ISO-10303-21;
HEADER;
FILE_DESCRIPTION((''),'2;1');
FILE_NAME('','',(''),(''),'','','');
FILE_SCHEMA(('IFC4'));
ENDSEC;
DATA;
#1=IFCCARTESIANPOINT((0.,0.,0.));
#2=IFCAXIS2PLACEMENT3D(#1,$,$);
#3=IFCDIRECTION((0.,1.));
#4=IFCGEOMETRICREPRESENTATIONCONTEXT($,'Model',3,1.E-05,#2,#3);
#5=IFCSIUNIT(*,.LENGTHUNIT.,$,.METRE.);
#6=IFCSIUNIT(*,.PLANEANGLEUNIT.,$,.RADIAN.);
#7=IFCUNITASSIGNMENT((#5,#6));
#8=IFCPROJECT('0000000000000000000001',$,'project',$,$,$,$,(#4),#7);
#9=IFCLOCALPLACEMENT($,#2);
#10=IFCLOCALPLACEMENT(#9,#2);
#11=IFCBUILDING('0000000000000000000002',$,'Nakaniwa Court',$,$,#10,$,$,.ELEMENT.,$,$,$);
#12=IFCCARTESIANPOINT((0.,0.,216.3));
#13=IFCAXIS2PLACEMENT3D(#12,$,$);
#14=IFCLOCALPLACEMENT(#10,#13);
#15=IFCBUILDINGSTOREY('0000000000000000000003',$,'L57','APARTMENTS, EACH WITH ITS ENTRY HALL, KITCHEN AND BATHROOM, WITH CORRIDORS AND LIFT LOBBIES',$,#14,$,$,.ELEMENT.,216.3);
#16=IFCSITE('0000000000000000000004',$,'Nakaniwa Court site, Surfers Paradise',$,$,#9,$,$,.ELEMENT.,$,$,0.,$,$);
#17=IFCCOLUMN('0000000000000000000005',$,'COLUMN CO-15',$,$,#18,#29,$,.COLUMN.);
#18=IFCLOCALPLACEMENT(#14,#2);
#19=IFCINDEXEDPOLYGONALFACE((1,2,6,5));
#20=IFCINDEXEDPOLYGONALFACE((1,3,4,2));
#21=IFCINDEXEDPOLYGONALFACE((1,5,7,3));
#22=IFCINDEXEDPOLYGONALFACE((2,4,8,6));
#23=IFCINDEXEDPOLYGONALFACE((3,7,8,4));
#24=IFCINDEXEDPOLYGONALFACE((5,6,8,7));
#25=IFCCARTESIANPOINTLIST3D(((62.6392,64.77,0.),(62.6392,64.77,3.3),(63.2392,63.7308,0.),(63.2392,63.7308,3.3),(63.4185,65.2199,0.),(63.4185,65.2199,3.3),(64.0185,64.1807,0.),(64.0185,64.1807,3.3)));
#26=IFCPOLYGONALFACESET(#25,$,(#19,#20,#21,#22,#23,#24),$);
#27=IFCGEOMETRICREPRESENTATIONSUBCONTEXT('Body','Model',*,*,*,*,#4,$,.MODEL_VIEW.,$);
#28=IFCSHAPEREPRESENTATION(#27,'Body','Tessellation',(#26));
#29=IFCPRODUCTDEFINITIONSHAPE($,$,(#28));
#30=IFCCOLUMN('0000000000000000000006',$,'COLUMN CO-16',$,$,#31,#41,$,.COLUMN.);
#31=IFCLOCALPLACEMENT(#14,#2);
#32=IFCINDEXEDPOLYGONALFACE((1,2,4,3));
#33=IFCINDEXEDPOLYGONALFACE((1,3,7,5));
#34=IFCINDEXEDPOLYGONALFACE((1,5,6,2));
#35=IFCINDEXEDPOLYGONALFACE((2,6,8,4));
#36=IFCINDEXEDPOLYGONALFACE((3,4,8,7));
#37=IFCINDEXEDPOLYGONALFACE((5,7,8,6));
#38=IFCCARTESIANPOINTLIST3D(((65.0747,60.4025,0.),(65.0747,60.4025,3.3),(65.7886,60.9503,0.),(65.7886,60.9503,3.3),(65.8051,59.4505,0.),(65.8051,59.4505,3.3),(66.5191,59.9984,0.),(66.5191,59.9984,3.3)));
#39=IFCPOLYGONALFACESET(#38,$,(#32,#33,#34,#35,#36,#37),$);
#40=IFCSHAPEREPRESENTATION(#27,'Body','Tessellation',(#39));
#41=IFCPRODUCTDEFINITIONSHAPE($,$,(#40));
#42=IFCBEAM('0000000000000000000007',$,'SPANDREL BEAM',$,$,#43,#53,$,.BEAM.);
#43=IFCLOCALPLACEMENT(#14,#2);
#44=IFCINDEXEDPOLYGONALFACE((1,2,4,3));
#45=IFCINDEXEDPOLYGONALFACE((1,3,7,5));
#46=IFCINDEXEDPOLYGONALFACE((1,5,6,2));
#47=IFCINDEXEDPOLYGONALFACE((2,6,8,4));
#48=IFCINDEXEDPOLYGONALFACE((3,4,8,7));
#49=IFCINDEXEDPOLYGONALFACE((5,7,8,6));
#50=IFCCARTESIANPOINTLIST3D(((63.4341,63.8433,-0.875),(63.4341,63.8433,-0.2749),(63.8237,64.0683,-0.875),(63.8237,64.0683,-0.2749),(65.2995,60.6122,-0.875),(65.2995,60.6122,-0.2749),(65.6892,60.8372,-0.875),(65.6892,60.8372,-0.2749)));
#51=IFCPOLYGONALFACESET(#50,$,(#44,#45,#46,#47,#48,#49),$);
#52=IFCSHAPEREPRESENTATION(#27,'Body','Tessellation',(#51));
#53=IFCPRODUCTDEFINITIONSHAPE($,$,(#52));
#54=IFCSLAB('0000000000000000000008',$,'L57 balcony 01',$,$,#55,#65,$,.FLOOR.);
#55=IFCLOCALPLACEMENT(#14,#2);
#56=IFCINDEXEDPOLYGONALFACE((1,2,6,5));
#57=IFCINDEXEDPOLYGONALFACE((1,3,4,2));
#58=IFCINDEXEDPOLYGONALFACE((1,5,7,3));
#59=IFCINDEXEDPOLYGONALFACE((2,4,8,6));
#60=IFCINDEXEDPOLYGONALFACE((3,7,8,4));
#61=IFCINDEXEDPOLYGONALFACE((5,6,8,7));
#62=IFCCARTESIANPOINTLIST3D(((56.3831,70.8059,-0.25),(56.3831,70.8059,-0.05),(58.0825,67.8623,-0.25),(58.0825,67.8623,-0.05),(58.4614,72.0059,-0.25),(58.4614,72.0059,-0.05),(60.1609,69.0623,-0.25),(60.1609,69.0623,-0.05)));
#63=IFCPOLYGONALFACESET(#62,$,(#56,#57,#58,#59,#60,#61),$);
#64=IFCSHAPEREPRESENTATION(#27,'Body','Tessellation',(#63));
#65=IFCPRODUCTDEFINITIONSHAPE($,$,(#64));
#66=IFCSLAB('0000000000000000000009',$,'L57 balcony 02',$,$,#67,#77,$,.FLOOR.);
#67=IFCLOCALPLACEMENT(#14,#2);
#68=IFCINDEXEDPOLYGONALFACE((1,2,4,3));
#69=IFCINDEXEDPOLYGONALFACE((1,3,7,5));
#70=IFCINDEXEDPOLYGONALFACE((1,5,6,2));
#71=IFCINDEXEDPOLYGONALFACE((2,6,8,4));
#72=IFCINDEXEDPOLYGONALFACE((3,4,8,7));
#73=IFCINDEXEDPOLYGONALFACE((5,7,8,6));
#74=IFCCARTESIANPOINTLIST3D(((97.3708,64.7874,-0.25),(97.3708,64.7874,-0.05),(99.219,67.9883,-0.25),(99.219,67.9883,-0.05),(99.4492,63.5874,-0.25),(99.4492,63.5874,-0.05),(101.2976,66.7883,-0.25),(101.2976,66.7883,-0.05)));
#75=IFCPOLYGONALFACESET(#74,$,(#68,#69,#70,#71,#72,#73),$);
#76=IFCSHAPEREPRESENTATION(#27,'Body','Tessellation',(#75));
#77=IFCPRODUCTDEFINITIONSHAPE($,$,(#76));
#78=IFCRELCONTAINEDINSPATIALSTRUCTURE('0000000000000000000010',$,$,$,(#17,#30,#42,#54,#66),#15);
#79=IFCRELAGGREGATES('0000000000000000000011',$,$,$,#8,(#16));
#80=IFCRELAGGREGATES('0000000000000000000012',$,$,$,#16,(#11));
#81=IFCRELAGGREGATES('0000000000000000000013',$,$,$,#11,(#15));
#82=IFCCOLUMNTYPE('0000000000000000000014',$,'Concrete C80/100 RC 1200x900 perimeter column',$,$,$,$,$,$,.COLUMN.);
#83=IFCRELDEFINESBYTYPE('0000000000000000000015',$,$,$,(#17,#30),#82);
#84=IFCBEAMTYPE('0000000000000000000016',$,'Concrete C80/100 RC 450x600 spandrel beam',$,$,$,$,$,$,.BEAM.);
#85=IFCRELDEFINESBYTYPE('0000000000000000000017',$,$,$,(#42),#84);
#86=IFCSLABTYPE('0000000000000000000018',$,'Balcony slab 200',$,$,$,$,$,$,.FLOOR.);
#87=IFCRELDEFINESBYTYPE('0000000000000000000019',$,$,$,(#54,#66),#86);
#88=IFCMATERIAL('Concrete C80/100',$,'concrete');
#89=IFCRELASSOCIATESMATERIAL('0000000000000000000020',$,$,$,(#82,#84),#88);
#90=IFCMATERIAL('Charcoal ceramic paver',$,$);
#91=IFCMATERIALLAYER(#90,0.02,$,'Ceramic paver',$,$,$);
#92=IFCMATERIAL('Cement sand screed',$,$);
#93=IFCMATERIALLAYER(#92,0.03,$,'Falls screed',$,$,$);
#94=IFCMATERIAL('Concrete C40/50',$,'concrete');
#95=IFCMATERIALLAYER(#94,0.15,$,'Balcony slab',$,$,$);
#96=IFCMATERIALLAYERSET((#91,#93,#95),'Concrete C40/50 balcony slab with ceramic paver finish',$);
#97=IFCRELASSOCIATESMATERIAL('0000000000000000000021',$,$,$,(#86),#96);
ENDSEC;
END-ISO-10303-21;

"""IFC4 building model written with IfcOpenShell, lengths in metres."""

from ifc_helpers import new_model, si_unit, direction, frame, origin, origin_2d, place, context, subcontext, project, spatial, polyline, rectangle, outline, extrude, material, layer, layer_set, material_profile, profile_set, type_object, element, save


model = new_model("IFC4")

# Units and contexts
model_context = context("Model", 3, precision=1e-05, world=origin(), true_north=direction((0.0, 1.0)))
body_context = subcontext(model_context, "Body", "Model", "MODEL_VIEW")
ifc_project = project(units=[si_unit("LENGTHUNIT", "METRE"), si_unit("PLANEANGLEUNIT", "RADIAN")], contexts=[model_context])

# Site, building, storey
site_placement = place(None, origin())
site = spatial("IfcSite", under=ifc_project, at=site_placement, Name="Nakaniwa Court site, Surfers Paradise", CompositionType="ELEMENT", RefElevation=0.0)
building_placement = place(site_placement, origin())
building = spatial("IfcBuilding", under=site, at=building_placement, Name="Nakaniwa Court", CompositionType="ELEMENT")
storey_placement = place(building_placement, frame((0.0, 0.0, 216.3)))
storey = spatial("IfcBuildingStorey", under=building, at=storey_placement, Name="L57", Description="APARTMENTS, EACH WITH ITS ENTRY HALL, KITCHEN AND BATHROOM, WITH CORRIDORS AND LIFT LOBBIES", CompositionType="ELEMENT", Elevation=216.3)

# Columns
ifc_material_1 = material(Name="Concrete C80/100", Category="concrete")
ifc_material_profile_1 = material_profile(ifc_material_1, rectangle(XDim=1.2, YDim=0.8999, at=origin_2d()), Name="Concrete C80/100 RC 1200x900 perimeter column")
ifc_profile_set_1 = profile_set([ifc_material_profile_1], Name="Concrete C80/100")
column_type = type_object("IfcColumnType", Name="Concrete C80/100 RC 1200x900 perimeter column", PredefinedType="COLUMN", material=ifc_profile_set_1)
for number, where, z_axis, x_axis, name in (
    (1, (63.3289, 64.4753, 0.0), (0.0, 0.0, 1.0), (0.5, -0.866025, 0.0), "COLUMN CO-15"),
    (2, (65.7969, 60.2004, 0.0), (0.0, 0.0, 1.0), (0.608761, -0.793353, 0.0), "COLUMN CO-16"),
):
    element("IfcColumn", number, at=place(storey_placement, frame(where, z_axis=z_axis, x_axis=x_axis)), inside=storey, type_object=column_type, Name=name, PredefinedType="COLUMN", context=body_context, shape_type="SweptSolid", body=[
        extrude(rectangle(XDim=1.2, YDim=0.8999, at=origin_2d()), origin(), (0.0, 0.0, 1.0), 3.3),
    ])

# Beam
ifc_material_profile_2 = material_profile(ifc_material_1, rectangle(XDim=0.45, YDim=0.6001, at=origin_2d()), Name="Concrete C80/100 RC 450x600 spandrel beam")
ifc_profile_set_2 = profile_set([ifc_material_profile_2], Name="Concrete C80/100")
beam_type = type_object("IfcBeamType", Name="Concrete C80/100 RC 450x600 spandrel beam", PredefinedType="BEAM", material=ifc_profile_set_2)
beam_placement = place(storey_placement, frame((63.6289, 63.9558, -0.575), z_axis=(0.499989, -0.866032, 0.0), x_axis=(0.866032, 0.499989, 0.0)))
element("IfcBeam", 3, at=beam_placement, inside=storey, type_object=beam_type, Name="SPANDREL BEAM", PredefinedType="BEAM", context=body_context, shape_type="SweptSolid", body=[
    extrude(rectangle(XDim=0.45, YDim=0.6001, at=origin_2d()), origin(), (0.0, 0.0, 1.0), 3.731),
])

# Slabs
ifc_material_2 = material(Name="Charcoal ceramic paver")
ifc_layer_1 = layer(ifc_material_2, 0.02, Name="Ceramic paver")
ifc_material_3 = material(Name="Cement sand screed")
ifc_layer_2 = layer(ifc_material_3, 0.03, Name="Falls screed")
ifc_material_4 = material(Name="Concrete C40/50", Category="concrete")
ifc_layer_3 = layer(ifc_material_4, 0.15, Name="Balcony slab")
ifc_layer_set_1 = layer_set([ifc_layer_1, ifc_layer_2, ifc_layer_3], Name="Concrete C40/50 balcony slab with ceramic paver finish")
slab_type_1 = type_object("IfcSlabType", Name="Balcony slab 200", PredefinedType="FLOOR", material=ifc_layer_set_1)
slab_1_placement = place(storey_placement, frame((0.0, 0.0, -0.25)))
element("IfcSlab", 4, at=slab_1_placement, inside=storey, type_object=slab_type_1, Name="L57 balcony 01", PredefinedType="FLOOR", context=body_context, shape_type="SweptSolid", body=[
    extrude(outline(polyline([(58.4614, 72.0059), (60.1609, 69.0623), (58.0825, 67.8623), (56.3831, 70.8059), (58.4614, 72.0059)])), origin(), (0.0, 0.0, 1.0), 0.2),
])
slab_2_placement = place(storey_placement, frame((0.0, 0.0, -0.25)))
element("IfcSlab", 5, at=slab_2_placement, inside=storey, type_object=slab_type_1, Name="L57 balcony 02", PredefinedType="FLOOR", context=body_context, shape_type="SweptSolid", body=[
    extrude(outline(polyline([(97.3708, 64.7874), (99.219, 67.9883), (101.2976, 66.7883), (99.4492, 63.5874), (97.3708, 64.7874)])), origin(), (0.0, 0.0, 1.0), 0.2),
])

save(model, "model.ifc")
